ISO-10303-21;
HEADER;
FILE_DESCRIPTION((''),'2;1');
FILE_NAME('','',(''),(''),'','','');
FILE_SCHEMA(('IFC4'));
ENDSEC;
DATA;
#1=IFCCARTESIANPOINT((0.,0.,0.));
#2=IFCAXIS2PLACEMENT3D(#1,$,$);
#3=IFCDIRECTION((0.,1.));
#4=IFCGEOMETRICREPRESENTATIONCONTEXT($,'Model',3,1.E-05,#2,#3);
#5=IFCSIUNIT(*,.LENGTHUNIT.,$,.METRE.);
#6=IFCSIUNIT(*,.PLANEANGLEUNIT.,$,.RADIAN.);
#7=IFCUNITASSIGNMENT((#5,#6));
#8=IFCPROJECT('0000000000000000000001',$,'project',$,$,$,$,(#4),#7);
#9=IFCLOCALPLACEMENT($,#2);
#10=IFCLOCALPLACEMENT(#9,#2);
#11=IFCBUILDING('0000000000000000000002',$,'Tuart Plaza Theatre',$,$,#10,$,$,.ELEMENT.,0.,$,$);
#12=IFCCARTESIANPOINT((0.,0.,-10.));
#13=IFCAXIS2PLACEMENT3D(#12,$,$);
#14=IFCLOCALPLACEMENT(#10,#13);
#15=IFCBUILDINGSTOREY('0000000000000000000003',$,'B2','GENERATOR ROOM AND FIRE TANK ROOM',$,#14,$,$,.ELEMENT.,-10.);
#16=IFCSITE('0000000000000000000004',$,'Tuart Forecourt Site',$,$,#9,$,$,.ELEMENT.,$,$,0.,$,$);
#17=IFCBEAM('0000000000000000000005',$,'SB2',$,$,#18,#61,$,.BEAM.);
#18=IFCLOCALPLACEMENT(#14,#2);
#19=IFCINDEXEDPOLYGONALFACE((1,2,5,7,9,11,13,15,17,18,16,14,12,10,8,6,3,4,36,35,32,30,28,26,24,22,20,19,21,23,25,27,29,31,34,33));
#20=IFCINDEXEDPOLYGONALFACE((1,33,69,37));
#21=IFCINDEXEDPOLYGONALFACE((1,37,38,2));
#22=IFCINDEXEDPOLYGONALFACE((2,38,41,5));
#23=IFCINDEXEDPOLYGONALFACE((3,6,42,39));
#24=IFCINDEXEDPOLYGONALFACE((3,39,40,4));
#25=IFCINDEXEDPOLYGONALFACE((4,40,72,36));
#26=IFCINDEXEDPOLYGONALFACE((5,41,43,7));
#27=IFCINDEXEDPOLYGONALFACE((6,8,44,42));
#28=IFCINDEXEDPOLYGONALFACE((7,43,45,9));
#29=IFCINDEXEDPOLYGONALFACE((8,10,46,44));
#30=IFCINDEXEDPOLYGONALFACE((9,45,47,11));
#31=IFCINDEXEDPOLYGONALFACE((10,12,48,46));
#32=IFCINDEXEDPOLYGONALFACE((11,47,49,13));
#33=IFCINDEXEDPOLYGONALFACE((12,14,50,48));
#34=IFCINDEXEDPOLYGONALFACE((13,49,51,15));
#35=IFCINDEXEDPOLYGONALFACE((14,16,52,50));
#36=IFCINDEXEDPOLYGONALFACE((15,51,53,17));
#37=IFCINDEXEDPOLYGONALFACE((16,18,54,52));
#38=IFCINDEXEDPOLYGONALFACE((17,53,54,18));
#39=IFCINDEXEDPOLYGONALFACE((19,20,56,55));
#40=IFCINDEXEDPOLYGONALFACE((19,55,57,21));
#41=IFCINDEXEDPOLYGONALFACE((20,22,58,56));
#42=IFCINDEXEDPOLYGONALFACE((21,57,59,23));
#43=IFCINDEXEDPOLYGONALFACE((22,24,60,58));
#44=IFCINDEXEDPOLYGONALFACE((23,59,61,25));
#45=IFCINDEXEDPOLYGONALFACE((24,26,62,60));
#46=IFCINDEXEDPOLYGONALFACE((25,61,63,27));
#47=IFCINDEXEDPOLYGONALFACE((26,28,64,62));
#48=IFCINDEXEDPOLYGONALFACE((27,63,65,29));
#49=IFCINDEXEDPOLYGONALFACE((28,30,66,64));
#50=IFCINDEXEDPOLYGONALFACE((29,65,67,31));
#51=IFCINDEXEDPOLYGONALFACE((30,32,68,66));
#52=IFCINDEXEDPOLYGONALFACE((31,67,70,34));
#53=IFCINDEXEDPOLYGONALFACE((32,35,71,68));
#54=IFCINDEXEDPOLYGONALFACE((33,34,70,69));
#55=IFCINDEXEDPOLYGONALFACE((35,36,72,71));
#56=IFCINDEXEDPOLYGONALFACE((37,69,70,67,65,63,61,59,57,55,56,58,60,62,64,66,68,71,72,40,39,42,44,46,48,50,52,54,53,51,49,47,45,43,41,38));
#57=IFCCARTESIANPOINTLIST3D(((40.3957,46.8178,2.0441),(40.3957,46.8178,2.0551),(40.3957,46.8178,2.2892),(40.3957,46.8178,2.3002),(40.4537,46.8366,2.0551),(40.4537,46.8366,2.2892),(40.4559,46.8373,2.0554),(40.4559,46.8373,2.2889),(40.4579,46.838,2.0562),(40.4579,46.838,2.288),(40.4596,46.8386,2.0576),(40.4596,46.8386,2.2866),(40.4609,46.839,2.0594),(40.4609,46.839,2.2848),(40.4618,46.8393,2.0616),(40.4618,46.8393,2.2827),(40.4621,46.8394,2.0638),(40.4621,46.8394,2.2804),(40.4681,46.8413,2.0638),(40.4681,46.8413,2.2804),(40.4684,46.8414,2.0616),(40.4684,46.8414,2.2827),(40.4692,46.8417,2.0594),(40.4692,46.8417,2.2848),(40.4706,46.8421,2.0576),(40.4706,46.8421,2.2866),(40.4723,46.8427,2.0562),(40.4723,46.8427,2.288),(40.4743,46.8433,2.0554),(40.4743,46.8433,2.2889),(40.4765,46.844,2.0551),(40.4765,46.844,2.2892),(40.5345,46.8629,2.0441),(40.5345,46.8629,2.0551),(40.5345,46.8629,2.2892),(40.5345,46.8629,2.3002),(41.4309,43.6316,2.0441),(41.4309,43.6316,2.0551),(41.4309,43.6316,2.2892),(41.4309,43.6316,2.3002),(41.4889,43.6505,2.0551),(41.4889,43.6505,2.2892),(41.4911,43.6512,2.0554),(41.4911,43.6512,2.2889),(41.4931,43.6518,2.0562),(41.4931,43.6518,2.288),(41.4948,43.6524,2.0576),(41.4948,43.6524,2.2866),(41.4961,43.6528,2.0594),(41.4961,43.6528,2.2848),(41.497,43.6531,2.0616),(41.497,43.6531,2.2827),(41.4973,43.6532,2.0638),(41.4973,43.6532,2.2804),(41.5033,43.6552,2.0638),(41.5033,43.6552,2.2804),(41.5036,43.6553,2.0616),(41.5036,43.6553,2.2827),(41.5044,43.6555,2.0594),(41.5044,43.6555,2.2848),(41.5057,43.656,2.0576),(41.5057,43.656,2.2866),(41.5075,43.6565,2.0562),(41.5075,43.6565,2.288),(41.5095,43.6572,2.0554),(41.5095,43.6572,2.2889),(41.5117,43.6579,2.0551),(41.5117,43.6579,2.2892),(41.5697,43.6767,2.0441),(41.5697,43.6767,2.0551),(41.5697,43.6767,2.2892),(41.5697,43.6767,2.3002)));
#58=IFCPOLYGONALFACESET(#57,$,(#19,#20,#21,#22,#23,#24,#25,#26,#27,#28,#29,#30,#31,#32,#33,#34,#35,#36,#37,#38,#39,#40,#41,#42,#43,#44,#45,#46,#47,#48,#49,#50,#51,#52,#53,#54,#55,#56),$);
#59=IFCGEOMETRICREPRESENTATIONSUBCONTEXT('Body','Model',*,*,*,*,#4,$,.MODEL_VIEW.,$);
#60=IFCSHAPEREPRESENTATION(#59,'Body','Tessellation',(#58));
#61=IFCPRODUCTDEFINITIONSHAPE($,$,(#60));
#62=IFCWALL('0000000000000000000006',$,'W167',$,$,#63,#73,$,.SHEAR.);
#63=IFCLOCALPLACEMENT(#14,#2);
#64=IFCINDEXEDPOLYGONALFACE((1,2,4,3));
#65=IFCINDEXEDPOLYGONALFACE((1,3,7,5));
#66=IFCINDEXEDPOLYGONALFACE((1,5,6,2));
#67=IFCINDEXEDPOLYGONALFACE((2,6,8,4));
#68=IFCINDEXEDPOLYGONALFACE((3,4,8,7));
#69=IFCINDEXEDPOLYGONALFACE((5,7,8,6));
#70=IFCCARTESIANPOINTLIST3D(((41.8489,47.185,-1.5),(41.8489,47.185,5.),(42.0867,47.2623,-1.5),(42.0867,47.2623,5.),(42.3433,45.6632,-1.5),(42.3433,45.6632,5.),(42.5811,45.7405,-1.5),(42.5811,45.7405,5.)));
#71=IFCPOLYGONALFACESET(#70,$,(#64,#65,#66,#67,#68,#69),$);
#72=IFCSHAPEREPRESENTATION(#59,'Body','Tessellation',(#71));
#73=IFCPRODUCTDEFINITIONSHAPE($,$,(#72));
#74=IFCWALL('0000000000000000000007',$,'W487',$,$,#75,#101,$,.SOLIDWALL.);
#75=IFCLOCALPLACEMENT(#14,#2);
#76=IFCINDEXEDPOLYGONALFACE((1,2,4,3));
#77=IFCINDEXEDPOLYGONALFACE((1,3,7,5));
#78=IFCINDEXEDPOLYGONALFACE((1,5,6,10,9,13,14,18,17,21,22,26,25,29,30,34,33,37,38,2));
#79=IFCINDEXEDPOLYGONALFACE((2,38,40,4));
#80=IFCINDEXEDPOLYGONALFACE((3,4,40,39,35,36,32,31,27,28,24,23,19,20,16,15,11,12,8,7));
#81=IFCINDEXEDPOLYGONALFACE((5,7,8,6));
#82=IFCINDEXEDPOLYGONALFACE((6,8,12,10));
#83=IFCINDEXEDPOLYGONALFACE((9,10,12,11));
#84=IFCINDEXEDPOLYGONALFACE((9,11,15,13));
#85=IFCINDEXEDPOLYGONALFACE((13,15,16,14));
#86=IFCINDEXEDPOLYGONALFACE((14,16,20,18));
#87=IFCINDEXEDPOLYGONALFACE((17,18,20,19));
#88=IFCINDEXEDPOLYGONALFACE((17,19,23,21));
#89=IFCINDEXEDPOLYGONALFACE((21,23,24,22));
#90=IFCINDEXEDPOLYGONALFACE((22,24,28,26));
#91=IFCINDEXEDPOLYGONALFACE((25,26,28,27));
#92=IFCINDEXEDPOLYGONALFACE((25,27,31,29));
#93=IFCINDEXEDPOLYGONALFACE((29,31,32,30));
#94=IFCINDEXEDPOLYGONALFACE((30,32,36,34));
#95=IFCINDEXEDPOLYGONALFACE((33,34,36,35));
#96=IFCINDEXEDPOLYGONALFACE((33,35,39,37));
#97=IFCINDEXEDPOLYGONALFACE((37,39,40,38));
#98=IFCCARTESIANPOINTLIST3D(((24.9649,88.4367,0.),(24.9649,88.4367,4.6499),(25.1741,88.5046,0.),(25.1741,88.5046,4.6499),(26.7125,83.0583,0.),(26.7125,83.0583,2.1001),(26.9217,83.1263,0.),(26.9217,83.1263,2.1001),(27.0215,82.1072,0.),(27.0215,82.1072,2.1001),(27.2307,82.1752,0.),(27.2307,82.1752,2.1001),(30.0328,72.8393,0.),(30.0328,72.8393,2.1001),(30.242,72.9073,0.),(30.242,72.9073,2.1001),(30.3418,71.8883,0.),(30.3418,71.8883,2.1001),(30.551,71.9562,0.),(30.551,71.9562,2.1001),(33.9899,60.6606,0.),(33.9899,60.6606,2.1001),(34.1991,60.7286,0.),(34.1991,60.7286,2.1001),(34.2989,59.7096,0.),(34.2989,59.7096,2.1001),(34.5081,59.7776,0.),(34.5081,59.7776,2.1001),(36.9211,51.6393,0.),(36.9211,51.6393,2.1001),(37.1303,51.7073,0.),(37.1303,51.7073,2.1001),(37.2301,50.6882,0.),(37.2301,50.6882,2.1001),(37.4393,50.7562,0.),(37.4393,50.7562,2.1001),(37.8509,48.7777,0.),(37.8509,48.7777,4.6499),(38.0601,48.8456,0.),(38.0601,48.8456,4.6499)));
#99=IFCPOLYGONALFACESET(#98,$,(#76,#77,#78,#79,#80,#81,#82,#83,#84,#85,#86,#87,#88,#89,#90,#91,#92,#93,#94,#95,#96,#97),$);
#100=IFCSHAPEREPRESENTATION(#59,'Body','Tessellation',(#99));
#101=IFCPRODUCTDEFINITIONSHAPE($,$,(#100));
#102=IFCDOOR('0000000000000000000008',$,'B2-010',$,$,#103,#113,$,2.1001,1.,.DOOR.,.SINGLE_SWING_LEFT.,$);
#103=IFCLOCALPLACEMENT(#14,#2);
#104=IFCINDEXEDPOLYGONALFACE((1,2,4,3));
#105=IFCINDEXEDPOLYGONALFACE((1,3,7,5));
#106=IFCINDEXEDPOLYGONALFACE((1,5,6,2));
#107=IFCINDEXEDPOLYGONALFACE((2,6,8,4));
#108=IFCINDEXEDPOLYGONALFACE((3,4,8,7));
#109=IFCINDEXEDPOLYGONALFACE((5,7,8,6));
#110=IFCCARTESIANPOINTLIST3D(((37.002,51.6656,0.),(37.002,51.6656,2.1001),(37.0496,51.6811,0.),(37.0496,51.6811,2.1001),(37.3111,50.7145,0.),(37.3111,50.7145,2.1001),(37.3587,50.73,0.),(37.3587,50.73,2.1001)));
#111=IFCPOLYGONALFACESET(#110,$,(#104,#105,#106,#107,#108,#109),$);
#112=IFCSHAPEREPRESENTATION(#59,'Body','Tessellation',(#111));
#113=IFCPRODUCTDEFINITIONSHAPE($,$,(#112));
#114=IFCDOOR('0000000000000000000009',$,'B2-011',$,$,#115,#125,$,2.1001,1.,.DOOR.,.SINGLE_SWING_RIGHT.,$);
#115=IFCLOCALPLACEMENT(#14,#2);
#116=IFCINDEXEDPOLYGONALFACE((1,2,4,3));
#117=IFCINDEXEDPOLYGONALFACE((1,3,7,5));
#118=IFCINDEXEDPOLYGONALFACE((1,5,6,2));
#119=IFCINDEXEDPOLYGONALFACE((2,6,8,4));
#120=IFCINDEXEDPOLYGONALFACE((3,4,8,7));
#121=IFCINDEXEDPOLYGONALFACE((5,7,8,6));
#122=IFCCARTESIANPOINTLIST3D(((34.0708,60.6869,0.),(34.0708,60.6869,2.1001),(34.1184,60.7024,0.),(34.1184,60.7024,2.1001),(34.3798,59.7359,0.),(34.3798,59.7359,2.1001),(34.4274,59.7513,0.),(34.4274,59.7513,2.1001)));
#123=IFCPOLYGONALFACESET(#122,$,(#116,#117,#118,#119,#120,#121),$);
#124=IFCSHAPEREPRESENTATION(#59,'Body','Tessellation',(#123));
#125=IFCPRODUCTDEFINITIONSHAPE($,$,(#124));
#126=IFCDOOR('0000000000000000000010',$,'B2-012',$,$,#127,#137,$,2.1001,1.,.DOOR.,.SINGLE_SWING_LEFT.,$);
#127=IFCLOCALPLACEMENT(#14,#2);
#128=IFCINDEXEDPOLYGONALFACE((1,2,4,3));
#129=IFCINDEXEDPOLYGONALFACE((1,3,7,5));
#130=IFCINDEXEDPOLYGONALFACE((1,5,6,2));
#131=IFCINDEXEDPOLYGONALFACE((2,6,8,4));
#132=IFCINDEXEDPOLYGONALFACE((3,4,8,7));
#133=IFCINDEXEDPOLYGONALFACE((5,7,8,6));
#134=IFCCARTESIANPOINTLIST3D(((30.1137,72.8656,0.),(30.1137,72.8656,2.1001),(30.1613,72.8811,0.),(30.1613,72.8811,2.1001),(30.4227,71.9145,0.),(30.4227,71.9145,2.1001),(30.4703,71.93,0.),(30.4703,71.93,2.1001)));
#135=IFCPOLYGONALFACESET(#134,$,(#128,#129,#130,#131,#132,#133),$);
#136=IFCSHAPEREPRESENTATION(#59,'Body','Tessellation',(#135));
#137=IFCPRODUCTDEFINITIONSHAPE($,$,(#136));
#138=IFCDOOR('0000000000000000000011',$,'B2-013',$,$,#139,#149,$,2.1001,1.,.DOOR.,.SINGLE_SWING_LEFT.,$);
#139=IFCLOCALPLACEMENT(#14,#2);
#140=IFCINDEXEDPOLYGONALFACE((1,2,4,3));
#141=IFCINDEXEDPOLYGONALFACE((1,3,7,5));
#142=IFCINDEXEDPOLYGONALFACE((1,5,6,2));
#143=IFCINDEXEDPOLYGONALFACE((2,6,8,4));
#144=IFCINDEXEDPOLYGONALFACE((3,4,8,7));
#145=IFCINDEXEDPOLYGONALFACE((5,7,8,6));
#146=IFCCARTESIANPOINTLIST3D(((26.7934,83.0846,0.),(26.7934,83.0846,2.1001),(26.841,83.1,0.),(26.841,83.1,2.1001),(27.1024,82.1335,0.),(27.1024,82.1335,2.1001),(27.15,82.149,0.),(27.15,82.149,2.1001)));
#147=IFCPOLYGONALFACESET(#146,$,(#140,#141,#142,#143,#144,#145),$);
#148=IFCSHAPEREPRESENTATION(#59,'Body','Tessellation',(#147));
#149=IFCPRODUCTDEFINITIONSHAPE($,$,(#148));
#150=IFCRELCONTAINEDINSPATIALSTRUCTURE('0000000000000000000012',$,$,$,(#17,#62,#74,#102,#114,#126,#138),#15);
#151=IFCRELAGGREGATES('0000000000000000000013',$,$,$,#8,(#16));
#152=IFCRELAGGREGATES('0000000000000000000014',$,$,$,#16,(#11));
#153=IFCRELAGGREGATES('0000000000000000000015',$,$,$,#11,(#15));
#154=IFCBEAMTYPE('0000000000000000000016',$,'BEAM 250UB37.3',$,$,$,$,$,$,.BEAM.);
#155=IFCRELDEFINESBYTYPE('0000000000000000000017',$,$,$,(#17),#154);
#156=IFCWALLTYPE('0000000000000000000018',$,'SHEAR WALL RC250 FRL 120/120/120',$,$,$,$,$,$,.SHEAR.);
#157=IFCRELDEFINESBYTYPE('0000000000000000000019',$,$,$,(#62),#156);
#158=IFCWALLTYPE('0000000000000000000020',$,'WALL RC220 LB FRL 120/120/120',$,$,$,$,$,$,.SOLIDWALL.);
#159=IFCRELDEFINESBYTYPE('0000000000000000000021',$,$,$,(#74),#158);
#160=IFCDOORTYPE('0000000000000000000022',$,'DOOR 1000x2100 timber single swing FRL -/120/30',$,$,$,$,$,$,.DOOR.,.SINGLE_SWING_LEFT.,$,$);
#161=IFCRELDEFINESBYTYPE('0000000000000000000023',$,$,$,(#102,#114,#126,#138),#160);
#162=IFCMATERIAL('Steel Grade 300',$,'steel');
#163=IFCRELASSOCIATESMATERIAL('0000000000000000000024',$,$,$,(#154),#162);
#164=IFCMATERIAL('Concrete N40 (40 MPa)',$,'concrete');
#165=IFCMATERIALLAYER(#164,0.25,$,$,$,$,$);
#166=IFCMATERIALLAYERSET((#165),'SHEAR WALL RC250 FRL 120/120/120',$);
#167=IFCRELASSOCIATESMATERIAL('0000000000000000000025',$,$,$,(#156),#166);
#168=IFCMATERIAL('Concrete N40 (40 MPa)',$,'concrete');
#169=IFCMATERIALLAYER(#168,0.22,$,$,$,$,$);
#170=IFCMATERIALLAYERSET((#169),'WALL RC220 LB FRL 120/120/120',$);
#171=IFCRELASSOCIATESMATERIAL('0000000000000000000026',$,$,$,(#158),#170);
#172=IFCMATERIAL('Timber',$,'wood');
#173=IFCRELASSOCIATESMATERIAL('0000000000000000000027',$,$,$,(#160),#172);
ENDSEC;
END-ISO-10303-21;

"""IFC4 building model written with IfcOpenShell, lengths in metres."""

from ifc_helpers import new_model, si_unit, direction, frame, frame_2d, origin, origin_2d, place, context, subcontext, project, spatial, rectangle, i_section, extrude, material, layer, layer_set, material_profile, profile_set, type_object, element, fill, save


model = new_model("IFC4")

# Units and contexts
model_context = context("Model", 3, precision=1e-05, world=origin(), true_north=direction((0.0, 1.0)))
body_context = subcontext(model_context, "Body", "Model", "MODEL_VIEW")
ifc_project = project(units=[si_unit("LENGTHUNIT", "METRE"), si_unit("PLANEANGLEUNIT", "RADIAN")], contexts=[model_context])

# Site, building, storey
site_placement = place(None, origin())
site = spatial("IfcSite", under=ifc_project, at=site_placement, Name="Tuart Forecourt Site", CompositionType="ELEMENT", RefElevation=0.0)
building_placement = place(site_placement, origin())
building = spatial("IfcBuilding", under=site, at=building_placement, Name="Tuart Plaza Theatre", CompositionType="ELEMENT", ElevationOfRefHeight=0.0)
storey_placement = place(building_placement, frame((0.0, 0.0, -10.0)))
storey = spatial("IfcBuildingStorey", under=building, at=storey_placement, Name="B2", Description="GENERATOR ROOM AND FIRE TANK ROOM", CompositionType="ELEMENT", Elevation=-10.0)

# Beam
ifc_material_1 = material(Name="Steel Grade 300", Category="steel")
ifc_material_profile_1 = material_profile(ifc_material_1, i_section(OverallWidth=0.146, OverallDepth=0.2561, WebThickness=0.0063, FlangeThickness=0.011, FilletRadius=0.0088, at=origin_2d()), Name="250UB37.3")
ifc_profile_set_1 = profile_set([ifc_material_profile_1], Name="Steel Grade 300")
beam_type = type_object("IfcBeamType", Name="BEAM 250UB37.3", PredefinedType="BEAM", material=ifc_profile_set_1)
for number, where, z_axis, x_axis, name in (
    (1, (40.4651, 46.8403, 2.1721), (0.309004, -0.951061, 0.0), (0.951061, 0.309004, 0.0), "SB2"),
):
    element("IfcBeam", number, at=place(storey_placement, frame(where, z_axis=z_axis, x_axis=x_axis)), inside=storey, type_object=beam_type, Name=name, PredefinedType="BEAM", context=body_context, shape_type="SweptSolid", body=[
        extrude(i_section(OverallWidth=0.146, OverallDepth=0.2561, WebThickness=0.0063, FlangeThickness=0.011, FilletRadius=0.0088, at=origin_2d()), origin(), (0.0, 0.0, 1.0), 3.3501),
    ])

# Wall
ifc_material_2 = material(Name="Concrete N40 (40 MPa)", Category="concrete")
ifc_layer_1 = layer(ifc_material_2, 0.25)
ifc_layer_set_1 = layer_set([ifc_layer_1], Name="SHEAR WALL RC250 FRL 120/120/120")
wall_type_1 = type_object("IfcWallType", Name="SHEAR WALL RC250 FRL 120/120/120", PredefinedType="SHEAR", material=ifc_layer_set_1)
wall_1_placement = place(storey_placement, frame((41.9678, 47.2236, -1.5), z_axis=(0.0, 0.0, 1.0), x_axis=(0.308986, -0.951067, 0.0)))
element("IfcWall", 2, at=wall_1_placement, inside=storey, type_object=wall_type_1, Name="W167", PredefinedType="SHEAR", context=body_context, shape_type="SweptSolid", body=[
    extrude(rectangle(XDim=1.6001, YDim=0.25, at=frame_2d((0.8, 0.0))), origin(), (0.0, 0.0, 1.0), 6.5),
])

# Wall, openings, doors
ifc_material_3 = material(Name="Concrete N40 (40 MPa)", Category="concrete")
ifc_layer_2 = layer(ifc_material_3, 0.22)
ifc_layer_set_2 = layer_set([ifc_layer_2], Name="WALL RC220 LB FRL 120/120/120")
wall_type_2 = type_object("IfcWallType", Name="WALL RC220 LB FRL 120/120/120", PredefinedType="SOLIDWALL", material=ifc_layer_set_2)
wall_2_placement = place(storey_placement, frame((37.9556, 48.8115, 0.0), z_axis=(0.0, 0.0, 1.0), x_axis=(-0.309017, 0.951056, 0.0)))
wall_2 = element("IfcWall", 3, at=wall_2_placement, inside=storey, type_object=wall_type_2, Name="W487", PredefinedType="SOLIDWALL", context=body_context, shape_type="SweptSolid", body=[
    extrude(rectangle(XDim=41.7, YDim=0.22, at=frame_2d((20.8501, 0.0))), origin(), (0.0, 0.0, 1.0), 4.6499),
])
opening_1_placement = place(wall_2_placement, frame((2.009, 0.0, 0.0)))
opening_1 = element("IfcOpeningElement", 4, at=opening_1_placement, cuts=wall_2, PredefinedType="OPENING", context=body_context, shape_type="SweptSolid", body=[
    extrude(rectangle(XDim=1.0, YDim=2.1001, at=frame_2d((0.5, 1.05))), frame((0.0, 0.1199, 0.0), z_axis=(0.0, -1.0, 0.0), x_axis=(1.0, 0.0, 0.0)), (0.0, 0.0, 1.0), 0.24),
])
opening_2_placement = place(wall_2_placement, frame((11.4946, 0.0, 0.0)))
opening_2 = element("IfcOpeningElement", 5, at=opening_2_placement, cuts=wall_2, PredefinedType="OPENING", context=body_context, shape_type="SweptSolid", body=[
    extrude(rectangle(XDim=1.0, YDim=2.1001, at=frame_2d((0.5, 1.05))), frame((0.0, 0.1199, 0.0), z_axis=(0.0, -1.0, 0.0), x_axis=(1.0, 0.0, 0.0)), (0.0, 0.0, 1.0), 0.24),
])
opening_3_placement = place(wall_2_placement, frame((24.3, 0.0, 0.0)))
opening_3 = element("IfcOpeningElement", 6, at=opening_3_placement, cuts=wall_2, PredefinedType="OPENING", context=body_context, shape_type="SweptSolid", body=[
    extrude(rectangle(XDim=1.0, YDim=2.1001, at=frame_2d((0.5, 1.05))), frame((0.0, 0.1199, 0.0), z_axis=(0.0, -1.0, 0.0), x_axis=(1.0, 0.0, 0.0)), (0.0, 0.0, 1.0), 0.24),
])
opening_4_placement = place(wall_2_placement, frame((35.0449, 0.0, 0.0)))
opening_4 = element("IfcOpeningElement", 7, at=opening_4_placement, cuts=wall_2, PredefinedType="OPENING", context=body_context, shape_type="SweptSolid", body=[
    extrude(rectangle(XDim=1.0, YDim=2.1001, at=frame_2d((0.5, 1.05))), frame((0.0, 0.1199, 0.0), z_axis=(0.0, -1.0, 0.0), x_axis=(1.0, 0.0, 0.0)), (0.0, 0.0, 1.0), 0.24),
])
ifc_material_4 = material(Name="Timber", Category="wood")
door_type = type_object("IfcDoorType", Name="DOOR 1000x2100 timber single swing FRL -/120/30", OperationType="SINGLE_SWING_LEFT", PredefinedType="DOOR", material=ifc_material_4)
door_1_placement = place(opening_1_placement, origin())
door_1 = element("IfcDoor", 8, at=door_1_placement, inside=storey, type_object=door_type, Name="B2-010", OperationType="SINGLE_SWING_LEFT", OverallHeight=2.1001, OverallWidth=1.0, PredefinedType="DOOR", context=body_context, shape_type="SweptSolid", body=[
    extrude(rectangle(XDim=1.0, YDim=2.1001, at=frame_2d((0.5, 1.05))), frame((0.0, 0.0249, 0.0), z_axis=(0.0, -1.0, 0.0), x_axis=(1.0, 0.0, 0.0)), (0.0, 0.0, 1.0), 0.05),
])
fill(opening_1, door_1)
door_2_placement = place(opening_2_placement, origin())
door_2 = element("IfcDoor", 9, at=door_2_placement, inside=storey, type_object=door_type, Name="B2-011", OperationType="SINGLE_SWING_RIGHT", OverallHeight=2.1001, OverallWidth=1.0, PredefinedType="DOOR", context=body_context, shape_type="SweptSolid", body=[
    extrude(rectangle(XDim=1.0, YDim=2.1001, at=frame_2d((0.5, 1.05))), frame((0.0, 0.0249, 0.0), z_axis=(0.0, -1.0, 0.0), x_axis=(1.0, 0.0, 0.0)), (0.0, 0.0, 1.0), 0.05),
])
fill(opening_2, door_2)
door_3_placement = place(opening_3_placement, origin())
door_3 = element("IfcDoor", 10, at=door_3_placement, inside=storey, type_object=door_type, Name="B2-012", OperationType="SINGLE_SWING_LEFT", OverallHeight=2.1001, OverallWidth=1.0, PredefinedType="DOOR", context=body_context, shape_type="SweptSolid", body=[
    extrude(rectangle(XDim=1.0, YDim=2.1001, at=frame_2d((0.5, 1.05))), frame((0.0, 0.0249, 0.0), z_axis=(0.0, -1.0, 0.0), x_axis=(1.0, 0.0, 0.0)), (0.0, 0.0, 1.0), 0.05),
])
fill(opening_3, door_3)
door_4_placement = place(opening_4_placement, origin())
door_4 = element("IfcDoor", 11, at=door_4_placement, inside=storey, type_object=door_type, Name="B2-013", OperationType="SINGLE_SWING_LEFT", OverallHeight=2.1001, OverallWidth=1.0, PredefinedType="DOOR", context=body_context, shape_type="SweptSolid", body=[
    extrude(rectangle(XDim=1.0, YDim=2.1001, at=frame_2d((0.5, 1.05))), frame((0.0, 0.0249, 0.0), z_axis=(0.0, -1.0, 0.0), x_axis=(1.0, 0.0, 0.0)), (0.0, 0.0, 1.0), 0.05),
])
fill(opening_4, door_4)

save(model, "model.ifc")
